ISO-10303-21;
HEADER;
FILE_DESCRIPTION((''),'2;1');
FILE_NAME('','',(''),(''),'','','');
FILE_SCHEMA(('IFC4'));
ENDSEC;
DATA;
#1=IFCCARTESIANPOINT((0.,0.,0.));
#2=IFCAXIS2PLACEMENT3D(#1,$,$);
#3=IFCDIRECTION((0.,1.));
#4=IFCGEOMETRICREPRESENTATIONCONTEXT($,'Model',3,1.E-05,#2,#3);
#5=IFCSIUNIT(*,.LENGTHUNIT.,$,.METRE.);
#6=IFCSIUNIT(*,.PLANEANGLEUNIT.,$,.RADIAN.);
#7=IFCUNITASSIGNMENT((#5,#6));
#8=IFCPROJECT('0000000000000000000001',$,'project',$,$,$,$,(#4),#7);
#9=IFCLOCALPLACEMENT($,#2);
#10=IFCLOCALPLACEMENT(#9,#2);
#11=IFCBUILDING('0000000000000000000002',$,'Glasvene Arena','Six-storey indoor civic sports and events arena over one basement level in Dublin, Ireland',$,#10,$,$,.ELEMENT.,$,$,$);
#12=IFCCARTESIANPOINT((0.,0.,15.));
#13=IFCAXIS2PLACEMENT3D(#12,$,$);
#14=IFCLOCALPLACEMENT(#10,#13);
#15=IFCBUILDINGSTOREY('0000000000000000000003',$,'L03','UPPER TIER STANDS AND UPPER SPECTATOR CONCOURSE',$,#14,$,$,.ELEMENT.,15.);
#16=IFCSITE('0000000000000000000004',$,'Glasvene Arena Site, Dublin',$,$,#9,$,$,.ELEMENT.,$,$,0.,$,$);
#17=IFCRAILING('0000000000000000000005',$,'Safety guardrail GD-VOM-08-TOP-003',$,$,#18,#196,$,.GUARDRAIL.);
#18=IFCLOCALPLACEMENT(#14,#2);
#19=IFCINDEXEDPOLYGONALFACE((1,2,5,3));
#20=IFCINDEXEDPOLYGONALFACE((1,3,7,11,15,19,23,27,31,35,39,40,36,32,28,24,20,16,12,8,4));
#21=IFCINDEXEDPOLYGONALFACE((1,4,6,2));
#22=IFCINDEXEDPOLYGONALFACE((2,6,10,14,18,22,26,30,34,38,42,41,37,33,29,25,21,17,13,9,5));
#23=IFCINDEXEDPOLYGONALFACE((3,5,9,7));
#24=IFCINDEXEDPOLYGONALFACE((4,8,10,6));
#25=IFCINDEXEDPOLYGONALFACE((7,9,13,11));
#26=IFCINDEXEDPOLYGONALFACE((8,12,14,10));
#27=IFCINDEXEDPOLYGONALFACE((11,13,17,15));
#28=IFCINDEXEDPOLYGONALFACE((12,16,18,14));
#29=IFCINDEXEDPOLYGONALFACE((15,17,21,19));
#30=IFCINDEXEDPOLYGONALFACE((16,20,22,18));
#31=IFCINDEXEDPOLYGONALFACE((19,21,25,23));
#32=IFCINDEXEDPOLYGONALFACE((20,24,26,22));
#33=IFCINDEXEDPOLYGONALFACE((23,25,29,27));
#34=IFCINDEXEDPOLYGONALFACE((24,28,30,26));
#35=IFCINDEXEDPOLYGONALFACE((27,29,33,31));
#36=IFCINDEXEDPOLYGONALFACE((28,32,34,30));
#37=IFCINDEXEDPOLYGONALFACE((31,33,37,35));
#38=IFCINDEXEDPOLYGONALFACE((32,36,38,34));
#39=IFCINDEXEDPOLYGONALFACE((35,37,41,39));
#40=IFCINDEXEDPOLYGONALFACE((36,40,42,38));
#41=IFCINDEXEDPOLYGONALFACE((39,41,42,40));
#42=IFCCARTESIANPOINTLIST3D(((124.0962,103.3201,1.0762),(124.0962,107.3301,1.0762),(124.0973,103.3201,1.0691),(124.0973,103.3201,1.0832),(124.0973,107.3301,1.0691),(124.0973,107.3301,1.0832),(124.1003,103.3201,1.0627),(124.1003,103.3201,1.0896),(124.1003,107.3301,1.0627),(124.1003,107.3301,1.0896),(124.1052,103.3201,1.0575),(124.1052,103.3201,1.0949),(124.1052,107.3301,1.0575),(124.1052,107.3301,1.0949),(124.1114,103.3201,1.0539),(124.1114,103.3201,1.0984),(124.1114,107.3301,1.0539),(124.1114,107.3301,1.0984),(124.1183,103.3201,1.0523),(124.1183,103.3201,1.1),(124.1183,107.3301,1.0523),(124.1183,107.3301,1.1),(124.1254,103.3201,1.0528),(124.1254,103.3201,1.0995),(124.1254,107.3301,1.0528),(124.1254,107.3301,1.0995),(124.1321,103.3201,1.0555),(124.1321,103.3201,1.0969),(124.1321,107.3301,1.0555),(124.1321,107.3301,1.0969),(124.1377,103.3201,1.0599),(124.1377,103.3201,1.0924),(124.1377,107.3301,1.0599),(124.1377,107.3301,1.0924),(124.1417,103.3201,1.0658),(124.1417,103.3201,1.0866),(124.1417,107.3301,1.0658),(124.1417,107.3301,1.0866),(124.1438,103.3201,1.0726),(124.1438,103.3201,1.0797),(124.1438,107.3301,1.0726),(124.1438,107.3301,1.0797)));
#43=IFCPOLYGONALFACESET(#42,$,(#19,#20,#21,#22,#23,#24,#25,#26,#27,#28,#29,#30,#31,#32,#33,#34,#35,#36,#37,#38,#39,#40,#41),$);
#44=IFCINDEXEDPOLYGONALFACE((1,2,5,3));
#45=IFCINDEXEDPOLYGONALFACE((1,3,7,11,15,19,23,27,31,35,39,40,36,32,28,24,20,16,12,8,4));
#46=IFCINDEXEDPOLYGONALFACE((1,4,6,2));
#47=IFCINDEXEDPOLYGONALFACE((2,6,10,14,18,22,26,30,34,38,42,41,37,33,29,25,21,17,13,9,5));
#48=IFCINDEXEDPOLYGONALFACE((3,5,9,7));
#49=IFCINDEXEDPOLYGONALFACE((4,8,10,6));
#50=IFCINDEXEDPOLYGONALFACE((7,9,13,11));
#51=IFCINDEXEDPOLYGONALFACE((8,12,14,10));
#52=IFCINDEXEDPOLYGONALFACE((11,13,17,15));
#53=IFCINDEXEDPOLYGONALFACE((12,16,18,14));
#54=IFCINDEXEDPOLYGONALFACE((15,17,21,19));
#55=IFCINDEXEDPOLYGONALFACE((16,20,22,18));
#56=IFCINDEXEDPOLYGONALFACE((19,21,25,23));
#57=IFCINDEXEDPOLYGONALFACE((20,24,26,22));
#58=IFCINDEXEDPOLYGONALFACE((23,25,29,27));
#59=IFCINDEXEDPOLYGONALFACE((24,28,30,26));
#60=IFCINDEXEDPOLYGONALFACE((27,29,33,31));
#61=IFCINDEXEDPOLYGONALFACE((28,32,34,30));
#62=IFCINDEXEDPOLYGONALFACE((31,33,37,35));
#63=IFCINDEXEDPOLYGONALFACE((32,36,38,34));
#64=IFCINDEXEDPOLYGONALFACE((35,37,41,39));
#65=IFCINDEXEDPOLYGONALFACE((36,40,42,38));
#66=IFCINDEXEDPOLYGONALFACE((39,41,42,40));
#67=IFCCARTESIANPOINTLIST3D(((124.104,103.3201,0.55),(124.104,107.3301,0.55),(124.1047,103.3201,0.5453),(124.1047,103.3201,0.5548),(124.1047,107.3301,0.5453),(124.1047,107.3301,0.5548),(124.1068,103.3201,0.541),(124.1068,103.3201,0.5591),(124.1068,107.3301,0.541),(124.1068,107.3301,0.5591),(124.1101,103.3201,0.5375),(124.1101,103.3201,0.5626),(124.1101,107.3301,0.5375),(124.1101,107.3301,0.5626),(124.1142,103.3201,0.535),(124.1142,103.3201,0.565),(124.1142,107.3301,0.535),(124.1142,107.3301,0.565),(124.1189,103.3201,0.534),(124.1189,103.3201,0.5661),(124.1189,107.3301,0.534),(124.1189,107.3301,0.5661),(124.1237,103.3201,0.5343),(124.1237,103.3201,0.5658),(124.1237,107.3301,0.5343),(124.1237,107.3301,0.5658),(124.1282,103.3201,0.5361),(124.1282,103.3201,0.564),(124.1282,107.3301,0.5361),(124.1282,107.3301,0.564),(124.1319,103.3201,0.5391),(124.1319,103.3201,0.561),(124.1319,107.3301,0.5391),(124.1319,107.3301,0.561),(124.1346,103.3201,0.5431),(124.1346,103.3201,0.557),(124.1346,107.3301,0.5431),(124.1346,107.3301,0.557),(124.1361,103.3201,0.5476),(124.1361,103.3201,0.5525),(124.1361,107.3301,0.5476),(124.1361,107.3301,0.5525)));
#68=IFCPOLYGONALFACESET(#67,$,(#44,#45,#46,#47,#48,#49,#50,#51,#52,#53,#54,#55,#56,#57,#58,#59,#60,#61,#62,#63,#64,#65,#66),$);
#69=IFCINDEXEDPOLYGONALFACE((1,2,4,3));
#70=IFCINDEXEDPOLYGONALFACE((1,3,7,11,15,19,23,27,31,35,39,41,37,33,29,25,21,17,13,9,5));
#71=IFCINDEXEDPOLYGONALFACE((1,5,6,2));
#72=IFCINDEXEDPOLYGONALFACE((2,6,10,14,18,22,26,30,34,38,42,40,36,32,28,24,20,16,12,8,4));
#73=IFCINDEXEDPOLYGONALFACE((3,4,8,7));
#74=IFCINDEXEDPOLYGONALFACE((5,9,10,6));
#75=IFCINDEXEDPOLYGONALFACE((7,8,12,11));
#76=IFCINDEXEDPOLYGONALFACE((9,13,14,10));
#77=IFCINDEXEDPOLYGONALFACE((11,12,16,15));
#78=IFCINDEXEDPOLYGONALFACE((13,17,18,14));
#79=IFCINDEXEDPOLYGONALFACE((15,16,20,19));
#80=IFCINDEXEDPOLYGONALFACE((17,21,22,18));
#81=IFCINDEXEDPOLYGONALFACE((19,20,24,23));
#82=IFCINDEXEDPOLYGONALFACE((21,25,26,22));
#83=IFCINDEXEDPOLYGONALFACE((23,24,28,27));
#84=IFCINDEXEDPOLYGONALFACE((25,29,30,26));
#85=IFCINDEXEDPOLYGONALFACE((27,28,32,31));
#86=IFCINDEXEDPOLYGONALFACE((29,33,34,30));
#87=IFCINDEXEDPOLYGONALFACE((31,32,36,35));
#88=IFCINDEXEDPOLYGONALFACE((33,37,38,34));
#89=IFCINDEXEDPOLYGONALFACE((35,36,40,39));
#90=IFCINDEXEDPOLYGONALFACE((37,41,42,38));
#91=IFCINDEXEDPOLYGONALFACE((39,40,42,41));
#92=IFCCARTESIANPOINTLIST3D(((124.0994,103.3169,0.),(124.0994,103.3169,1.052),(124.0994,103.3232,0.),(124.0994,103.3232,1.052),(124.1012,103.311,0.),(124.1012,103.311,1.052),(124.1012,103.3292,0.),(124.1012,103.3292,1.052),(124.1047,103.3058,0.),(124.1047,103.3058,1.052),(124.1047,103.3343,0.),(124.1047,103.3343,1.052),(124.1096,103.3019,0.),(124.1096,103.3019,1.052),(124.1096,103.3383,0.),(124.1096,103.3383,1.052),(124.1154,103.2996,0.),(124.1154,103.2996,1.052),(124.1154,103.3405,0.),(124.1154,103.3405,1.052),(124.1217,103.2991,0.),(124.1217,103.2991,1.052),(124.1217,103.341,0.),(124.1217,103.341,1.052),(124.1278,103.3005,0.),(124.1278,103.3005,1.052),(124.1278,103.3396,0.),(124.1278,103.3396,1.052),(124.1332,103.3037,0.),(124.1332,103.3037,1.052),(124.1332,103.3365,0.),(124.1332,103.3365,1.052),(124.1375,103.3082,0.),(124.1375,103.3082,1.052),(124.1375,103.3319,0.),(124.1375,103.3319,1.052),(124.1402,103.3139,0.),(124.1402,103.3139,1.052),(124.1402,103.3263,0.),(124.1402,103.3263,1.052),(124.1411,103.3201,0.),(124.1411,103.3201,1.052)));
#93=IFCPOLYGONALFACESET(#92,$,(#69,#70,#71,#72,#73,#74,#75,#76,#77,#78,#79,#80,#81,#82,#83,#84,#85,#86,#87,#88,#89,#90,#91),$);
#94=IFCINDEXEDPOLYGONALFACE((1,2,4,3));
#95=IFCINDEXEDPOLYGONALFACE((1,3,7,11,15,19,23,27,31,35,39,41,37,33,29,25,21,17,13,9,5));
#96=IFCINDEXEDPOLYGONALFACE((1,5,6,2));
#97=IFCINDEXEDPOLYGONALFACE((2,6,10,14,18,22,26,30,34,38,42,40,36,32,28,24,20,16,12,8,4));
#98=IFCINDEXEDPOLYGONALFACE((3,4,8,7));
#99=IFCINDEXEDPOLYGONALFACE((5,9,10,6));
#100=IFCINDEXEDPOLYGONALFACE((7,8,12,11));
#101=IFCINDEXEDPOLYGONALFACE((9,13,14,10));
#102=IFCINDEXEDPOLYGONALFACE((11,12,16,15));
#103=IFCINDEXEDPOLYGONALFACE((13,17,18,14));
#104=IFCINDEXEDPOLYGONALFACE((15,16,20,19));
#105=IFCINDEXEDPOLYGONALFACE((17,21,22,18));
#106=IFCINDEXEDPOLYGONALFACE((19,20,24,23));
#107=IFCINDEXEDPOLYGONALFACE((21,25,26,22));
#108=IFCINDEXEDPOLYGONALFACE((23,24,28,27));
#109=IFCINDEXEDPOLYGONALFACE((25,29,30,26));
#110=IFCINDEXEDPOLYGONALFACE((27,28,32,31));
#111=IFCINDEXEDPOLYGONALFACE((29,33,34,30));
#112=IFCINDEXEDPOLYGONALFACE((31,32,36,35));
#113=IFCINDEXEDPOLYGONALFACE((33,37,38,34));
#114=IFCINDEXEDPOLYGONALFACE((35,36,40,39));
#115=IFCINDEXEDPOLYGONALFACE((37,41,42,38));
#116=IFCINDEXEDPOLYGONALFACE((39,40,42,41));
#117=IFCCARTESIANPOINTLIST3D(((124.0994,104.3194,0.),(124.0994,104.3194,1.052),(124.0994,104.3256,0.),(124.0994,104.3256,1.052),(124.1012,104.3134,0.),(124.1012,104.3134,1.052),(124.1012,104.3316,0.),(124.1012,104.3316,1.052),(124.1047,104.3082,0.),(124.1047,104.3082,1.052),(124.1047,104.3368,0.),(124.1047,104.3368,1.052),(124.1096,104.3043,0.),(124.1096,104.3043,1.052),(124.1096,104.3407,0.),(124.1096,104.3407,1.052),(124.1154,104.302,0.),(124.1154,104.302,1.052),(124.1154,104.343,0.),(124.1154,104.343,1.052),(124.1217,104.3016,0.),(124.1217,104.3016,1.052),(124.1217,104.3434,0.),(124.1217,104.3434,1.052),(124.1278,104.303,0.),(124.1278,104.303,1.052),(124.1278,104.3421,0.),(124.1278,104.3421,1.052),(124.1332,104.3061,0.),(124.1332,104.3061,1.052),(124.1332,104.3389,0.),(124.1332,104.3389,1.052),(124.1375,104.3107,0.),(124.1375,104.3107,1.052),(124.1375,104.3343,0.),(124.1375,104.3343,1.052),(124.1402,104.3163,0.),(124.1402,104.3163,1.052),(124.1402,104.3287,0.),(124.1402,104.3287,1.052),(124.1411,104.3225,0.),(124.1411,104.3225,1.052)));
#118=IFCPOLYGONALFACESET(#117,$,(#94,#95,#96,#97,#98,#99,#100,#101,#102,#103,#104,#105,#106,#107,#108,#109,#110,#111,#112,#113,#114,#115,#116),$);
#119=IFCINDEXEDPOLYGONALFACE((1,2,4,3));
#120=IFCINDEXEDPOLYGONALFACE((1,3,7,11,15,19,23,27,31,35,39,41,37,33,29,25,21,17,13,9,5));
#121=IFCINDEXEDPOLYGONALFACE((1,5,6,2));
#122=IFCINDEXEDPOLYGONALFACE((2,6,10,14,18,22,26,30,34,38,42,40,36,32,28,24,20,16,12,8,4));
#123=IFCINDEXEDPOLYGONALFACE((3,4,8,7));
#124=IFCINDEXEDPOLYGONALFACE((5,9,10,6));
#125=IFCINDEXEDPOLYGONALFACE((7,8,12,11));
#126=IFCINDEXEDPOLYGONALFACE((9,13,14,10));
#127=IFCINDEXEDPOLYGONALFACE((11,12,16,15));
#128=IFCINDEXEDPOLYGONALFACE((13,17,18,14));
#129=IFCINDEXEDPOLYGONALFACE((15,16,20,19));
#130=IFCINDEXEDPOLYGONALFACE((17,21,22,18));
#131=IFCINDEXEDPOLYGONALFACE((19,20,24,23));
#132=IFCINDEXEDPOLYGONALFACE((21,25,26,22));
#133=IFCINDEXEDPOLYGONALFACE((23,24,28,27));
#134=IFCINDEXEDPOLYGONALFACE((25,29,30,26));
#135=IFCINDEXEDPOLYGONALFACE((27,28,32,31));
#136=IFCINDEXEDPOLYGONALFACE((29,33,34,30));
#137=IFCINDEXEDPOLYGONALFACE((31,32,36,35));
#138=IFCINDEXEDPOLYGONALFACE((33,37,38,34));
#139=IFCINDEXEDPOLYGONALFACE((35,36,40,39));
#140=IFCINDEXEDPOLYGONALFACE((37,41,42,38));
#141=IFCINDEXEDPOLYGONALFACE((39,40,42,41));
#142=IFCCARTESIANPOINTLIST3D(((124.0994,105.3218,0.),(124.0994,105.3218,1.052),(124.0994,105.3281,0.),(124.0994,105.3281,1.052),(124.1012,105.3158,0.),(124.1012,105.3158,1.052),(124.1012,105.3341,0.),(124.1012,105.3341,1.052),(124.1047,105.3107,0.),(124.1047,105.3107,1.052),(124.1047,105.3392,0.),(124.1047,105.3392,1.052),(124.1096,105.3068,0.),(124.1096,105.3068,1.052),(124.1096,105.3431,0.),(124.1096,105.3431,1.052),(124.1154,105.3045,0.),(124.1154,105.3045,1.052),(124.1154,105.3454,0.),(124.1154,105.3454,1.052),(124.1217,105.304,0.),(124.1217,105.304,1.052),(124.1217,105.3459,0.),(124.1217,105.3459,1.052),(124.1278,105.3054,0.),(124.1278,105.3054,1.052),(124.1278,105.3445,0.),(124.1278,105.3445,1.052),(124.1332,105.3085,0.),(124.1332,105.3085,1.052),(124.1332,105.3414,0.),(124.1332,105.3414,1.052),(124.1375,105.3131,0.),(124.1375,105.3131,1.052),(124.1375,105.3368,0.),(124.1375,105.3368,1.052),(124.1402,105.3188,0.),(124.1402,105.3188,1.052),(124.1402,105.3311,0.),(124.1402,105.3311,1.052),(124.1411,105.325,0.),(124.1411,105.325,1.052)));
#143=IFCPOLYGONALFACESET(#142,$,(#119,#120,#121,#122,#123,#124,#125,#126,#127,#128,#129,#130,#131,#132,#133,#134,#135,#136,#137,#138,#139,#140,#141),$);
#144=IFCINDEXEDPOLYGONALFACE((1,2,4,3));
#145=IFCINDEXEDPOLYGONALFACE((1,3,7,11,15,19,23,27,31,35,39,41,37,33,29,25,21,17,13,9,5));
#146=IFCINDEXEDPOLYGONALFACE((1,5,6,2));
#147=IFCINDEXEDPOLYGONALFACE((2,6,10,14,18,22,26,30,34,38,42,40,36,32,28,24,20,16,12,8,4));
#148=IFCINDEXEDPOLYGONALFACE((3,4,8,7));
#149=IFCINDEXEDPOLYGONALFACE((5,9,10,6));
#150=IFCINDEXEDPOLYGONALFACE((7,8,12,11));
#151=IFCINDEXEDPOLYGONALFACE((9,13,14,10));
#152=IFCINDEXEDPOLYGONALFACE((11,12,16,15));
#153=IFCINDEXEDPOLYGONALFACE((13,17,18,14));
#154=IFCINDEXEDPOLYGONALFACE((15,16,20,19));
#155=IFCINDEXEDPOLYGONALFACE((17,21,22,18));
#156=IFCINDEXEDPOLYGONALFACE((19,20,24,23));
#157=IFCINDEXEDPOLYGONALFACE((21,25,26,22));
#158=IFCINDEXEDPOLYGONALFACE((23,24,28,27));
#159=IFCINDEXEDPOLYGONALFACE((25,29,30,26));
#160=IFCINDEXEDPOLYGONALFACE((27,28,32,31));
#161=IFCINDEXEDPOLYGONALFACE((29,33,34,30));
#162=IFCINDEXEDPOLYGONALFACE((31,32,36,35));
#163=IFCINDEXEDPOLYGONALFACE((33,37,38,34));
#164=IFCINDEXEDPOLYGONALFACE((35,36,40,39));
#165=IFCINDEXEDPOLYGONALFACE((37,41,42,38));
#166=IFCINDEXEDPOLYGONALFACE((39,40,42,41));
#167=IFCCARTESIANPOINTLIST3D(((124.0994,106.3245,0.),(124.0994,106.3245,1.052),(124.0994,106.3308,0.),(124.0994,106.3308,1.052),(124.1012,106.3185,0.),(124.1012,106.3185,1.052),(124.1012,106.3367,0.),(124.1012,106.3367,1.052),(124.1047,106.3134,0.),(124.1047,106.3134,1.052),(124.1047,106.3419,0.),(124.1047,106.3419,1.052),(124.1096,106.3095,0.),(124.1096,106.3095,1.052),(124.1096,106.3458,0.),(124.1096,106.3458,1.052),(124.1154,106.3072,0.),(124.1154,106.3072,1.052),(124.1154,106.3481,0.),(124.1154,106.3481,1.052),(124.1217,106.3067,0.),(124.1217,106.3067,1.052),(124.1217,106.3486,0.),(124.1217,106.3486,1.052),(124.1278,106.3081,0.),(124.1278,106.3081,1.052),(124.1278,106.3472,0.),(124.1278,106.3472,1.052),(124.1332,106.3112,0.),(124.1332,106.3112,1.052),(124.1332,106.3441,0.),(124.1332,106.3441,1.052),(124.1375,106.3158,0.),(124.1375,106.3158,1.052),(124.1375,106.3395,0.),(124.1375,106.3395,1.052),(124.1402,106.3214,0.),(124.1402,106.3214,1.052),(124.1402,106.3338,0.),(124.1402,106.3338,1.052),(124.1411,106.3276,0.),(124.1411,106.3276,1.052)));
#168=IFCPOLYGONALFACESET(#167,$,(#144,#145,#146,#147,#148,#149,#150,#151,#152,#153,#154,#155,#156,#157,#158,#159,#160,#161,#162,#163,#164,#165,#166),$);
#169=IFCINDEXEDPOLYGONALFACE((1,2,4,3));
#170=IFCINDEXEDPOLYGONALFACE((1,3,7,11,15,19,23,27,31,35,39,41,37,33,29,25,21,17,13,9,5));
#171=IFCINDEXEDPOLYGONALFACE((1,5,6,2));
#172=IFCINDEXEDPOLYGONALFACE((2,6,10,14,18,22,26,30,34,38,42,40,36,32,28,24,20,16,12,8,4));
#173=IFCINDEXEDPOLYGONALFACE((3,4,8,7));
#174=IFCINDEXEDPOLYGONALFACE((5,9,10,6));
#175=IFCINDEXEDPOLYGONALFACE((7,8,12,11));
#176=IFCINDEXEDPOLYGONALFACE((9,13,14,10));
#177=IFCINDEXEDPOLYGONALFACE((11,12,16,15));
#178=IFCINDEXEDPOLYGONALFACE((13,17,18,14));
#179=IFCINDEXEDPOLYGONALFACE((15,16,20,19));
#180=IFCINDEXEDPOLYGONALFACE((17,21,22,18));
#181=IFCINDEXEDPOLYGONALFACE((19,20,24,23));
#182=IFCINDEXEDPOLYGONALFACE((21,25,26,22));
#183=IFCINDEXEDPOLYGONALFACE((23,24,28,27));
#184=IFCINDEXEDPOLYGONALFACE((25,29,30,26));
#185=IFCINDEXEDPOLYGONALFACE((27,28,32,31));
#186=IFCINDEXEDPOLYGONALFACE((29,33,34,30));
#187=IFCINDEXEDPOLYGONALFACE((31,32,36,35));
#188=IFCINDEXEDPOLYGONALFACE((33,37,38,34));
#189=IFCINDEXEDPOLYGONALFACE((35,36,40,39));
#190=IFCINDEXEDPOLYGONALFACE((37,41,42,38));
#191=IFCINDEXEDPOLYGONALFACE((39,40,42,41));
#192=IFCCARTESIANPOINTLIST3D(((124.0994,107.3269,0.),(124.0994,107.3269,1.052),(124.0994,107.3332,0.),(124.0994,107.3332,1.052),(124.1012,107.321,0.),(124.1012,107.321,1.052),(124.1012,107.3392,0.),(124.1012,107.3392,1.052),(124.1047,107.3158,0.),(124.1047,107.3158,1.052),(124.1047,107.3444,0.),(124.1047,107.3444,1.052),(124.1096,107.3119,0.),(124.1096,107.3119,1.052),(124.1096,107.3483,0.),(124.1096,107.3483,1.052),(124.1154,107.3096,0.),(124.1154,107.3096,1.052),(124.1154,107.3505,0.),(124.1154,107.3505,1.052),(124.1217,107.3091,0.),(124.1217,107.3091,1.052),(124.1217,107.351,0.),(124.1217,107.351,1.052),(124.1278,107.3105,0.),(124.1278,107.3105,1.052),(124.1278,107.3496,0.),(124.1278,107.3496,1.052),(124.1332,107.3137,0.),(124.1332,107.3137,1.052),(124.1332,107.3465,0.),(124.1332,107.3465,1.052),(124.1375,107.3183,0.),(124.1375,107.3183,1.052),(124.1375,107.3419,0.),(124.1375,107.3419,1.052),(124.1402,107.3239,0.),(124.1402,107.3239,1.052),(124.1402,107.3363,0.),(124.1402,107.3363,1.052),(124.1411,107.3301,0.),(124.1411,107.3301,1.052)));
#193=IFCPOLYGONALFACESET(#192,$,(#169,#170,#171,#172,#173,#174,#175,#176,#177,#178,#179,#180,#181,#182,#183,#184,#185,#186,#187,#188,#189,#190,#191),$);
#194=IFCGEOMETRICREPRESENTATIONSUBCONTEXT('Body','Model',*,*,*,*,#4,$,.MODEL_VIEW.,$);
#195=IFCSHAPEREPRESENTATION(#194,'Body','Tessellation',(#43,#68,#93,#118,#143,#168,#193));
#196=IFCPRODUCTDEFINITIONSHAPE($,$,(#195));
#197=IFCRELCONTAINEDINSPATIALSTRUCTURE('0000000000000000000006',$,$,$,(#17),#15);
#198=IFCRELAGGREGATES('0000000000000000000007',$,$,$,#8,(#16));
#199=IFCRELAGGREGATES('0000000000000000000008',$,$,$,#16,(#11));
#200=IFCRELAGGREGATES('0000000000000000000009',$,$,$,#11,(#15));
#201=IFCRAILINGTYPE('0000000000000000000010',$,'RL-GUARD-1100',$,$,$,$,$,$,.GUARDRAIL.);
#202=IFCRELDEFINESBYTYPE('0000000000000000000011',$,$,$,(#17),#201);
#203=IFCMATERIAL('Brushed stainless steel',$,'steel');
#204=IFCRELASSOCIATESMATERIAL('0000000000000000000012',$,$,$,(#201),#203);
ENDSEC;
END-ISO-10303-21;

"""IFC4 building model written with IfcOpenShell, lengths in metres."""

from ifc_helpers import new_model, si_unit, direction, frame, origin, origin_2d, place, context, subcontext, project, spatial, circle, extrude, material, type_object, element, save


model = new_model("IFC4")

# Units and contexts
model_context = context("Model", 3, precision=1e-05, world=origin(), true_north=direction((0.0, 1.0)))
body_context = subcontext(model_context, "Body", "Model", "MODEL_VIEW")
ifc_project = project(units=[si_unit("LENGTHUNIT", "METRE"), si_unit("PLANEANGLEUNIT", "RADIAN")], contexts=[model_context])

# Site, building, storey
site_placement = place(None, origin())
site = spatial("IfcSite", under=ifc_project, at=site_placement, Name="Glasvene Arena Site, Dublin", CompositionType="ELEMENT", RefElevation=0.0)
building_placement = place(site_placement, origin())
building = spatial("IfcBuilding", under=site, at=building_placement, Name="Glasvene Arena", Description="Six-storey indoor civic sports and events arena over one basement level in Dublin, Ireland", CompositionType="ELEMENT")
storey_placement = place(building_placement, frame((0.0, 0.0, 15.0)))
storey = spatial("IfcBuildingStorey", under=building, at=storey_placement, Name="L03", Description="UPPER TIER STANDS AND UPPER SPECTATOR CONCOURSE", CompositionType="ELEMENT", Elevation=15.0)

# Railing
ifc_material_1 = material(Name="Brushed stainless steel", Category="steel")
railing_type_1 = type_object("IfcRailingType", Name="RL-GUARD-1100", PredefinedType="GUARDRAIL", material=ifc_material_1)
railing_1_placement = place(storey_placement, frame((124.1201, 103.3201, 0.0)))
element("IfcRailing", 1, at=railing_1_placement, inside=storey, type_object=railing_type_1, Name="Safety guardrail GD-VOM-08-TOP-003", PredefinedType="GUARDRAIL", context=body_context, shape_type="SweptSolid", body=[
    extrude(circle(Radius=0.0239, at=origin_2d()), frame((0.0, 0.0, 1.0762), z_axis=(0.0, 1.0, 0.0), x_axis=(-1.0, 0.0, 0.0)), (0.0, 0.0, 1.0), 4.01),
    extrude(circle(Radius=0.0161, at=origin_2d()), frame((0.0, 0.0, 0.55), z_axis=(0.0, 1.0, 0.0), x_axis=(-1.0, 0.0, 0.0)), (0.0, 0.0, 1.0), 4.01),
    extrude(circle(Radius=0.021, at=origin_2d()), origin(), (0.0, 0.0, 1.0), 1.052),
    extrude(circle(Radius=0.021, at=origin_2d()), frame((0.0, 1.0024, 0.0)), (0.0, 0.0, 1.0), 1.052),
    extrude(circle(Radius=0.021, at=origin_2d()), frame((0.0, 2.0049, 0.0)), (0.0, 0.0, 1.0), 1.052),
    extrude(circle(Radius=0.021, at=origin_2d()), frame((0.0, 3.0076, 0.0)), (0.0, 0.0, 1.0), 1.052),
    extrude(circle(Radius=0.021, at=origin_2d()), frame((0.0, 4.01, 0.0)), (0.0, 0.0, 1.0), 1.052),
])

save(model, "model.ifc")
